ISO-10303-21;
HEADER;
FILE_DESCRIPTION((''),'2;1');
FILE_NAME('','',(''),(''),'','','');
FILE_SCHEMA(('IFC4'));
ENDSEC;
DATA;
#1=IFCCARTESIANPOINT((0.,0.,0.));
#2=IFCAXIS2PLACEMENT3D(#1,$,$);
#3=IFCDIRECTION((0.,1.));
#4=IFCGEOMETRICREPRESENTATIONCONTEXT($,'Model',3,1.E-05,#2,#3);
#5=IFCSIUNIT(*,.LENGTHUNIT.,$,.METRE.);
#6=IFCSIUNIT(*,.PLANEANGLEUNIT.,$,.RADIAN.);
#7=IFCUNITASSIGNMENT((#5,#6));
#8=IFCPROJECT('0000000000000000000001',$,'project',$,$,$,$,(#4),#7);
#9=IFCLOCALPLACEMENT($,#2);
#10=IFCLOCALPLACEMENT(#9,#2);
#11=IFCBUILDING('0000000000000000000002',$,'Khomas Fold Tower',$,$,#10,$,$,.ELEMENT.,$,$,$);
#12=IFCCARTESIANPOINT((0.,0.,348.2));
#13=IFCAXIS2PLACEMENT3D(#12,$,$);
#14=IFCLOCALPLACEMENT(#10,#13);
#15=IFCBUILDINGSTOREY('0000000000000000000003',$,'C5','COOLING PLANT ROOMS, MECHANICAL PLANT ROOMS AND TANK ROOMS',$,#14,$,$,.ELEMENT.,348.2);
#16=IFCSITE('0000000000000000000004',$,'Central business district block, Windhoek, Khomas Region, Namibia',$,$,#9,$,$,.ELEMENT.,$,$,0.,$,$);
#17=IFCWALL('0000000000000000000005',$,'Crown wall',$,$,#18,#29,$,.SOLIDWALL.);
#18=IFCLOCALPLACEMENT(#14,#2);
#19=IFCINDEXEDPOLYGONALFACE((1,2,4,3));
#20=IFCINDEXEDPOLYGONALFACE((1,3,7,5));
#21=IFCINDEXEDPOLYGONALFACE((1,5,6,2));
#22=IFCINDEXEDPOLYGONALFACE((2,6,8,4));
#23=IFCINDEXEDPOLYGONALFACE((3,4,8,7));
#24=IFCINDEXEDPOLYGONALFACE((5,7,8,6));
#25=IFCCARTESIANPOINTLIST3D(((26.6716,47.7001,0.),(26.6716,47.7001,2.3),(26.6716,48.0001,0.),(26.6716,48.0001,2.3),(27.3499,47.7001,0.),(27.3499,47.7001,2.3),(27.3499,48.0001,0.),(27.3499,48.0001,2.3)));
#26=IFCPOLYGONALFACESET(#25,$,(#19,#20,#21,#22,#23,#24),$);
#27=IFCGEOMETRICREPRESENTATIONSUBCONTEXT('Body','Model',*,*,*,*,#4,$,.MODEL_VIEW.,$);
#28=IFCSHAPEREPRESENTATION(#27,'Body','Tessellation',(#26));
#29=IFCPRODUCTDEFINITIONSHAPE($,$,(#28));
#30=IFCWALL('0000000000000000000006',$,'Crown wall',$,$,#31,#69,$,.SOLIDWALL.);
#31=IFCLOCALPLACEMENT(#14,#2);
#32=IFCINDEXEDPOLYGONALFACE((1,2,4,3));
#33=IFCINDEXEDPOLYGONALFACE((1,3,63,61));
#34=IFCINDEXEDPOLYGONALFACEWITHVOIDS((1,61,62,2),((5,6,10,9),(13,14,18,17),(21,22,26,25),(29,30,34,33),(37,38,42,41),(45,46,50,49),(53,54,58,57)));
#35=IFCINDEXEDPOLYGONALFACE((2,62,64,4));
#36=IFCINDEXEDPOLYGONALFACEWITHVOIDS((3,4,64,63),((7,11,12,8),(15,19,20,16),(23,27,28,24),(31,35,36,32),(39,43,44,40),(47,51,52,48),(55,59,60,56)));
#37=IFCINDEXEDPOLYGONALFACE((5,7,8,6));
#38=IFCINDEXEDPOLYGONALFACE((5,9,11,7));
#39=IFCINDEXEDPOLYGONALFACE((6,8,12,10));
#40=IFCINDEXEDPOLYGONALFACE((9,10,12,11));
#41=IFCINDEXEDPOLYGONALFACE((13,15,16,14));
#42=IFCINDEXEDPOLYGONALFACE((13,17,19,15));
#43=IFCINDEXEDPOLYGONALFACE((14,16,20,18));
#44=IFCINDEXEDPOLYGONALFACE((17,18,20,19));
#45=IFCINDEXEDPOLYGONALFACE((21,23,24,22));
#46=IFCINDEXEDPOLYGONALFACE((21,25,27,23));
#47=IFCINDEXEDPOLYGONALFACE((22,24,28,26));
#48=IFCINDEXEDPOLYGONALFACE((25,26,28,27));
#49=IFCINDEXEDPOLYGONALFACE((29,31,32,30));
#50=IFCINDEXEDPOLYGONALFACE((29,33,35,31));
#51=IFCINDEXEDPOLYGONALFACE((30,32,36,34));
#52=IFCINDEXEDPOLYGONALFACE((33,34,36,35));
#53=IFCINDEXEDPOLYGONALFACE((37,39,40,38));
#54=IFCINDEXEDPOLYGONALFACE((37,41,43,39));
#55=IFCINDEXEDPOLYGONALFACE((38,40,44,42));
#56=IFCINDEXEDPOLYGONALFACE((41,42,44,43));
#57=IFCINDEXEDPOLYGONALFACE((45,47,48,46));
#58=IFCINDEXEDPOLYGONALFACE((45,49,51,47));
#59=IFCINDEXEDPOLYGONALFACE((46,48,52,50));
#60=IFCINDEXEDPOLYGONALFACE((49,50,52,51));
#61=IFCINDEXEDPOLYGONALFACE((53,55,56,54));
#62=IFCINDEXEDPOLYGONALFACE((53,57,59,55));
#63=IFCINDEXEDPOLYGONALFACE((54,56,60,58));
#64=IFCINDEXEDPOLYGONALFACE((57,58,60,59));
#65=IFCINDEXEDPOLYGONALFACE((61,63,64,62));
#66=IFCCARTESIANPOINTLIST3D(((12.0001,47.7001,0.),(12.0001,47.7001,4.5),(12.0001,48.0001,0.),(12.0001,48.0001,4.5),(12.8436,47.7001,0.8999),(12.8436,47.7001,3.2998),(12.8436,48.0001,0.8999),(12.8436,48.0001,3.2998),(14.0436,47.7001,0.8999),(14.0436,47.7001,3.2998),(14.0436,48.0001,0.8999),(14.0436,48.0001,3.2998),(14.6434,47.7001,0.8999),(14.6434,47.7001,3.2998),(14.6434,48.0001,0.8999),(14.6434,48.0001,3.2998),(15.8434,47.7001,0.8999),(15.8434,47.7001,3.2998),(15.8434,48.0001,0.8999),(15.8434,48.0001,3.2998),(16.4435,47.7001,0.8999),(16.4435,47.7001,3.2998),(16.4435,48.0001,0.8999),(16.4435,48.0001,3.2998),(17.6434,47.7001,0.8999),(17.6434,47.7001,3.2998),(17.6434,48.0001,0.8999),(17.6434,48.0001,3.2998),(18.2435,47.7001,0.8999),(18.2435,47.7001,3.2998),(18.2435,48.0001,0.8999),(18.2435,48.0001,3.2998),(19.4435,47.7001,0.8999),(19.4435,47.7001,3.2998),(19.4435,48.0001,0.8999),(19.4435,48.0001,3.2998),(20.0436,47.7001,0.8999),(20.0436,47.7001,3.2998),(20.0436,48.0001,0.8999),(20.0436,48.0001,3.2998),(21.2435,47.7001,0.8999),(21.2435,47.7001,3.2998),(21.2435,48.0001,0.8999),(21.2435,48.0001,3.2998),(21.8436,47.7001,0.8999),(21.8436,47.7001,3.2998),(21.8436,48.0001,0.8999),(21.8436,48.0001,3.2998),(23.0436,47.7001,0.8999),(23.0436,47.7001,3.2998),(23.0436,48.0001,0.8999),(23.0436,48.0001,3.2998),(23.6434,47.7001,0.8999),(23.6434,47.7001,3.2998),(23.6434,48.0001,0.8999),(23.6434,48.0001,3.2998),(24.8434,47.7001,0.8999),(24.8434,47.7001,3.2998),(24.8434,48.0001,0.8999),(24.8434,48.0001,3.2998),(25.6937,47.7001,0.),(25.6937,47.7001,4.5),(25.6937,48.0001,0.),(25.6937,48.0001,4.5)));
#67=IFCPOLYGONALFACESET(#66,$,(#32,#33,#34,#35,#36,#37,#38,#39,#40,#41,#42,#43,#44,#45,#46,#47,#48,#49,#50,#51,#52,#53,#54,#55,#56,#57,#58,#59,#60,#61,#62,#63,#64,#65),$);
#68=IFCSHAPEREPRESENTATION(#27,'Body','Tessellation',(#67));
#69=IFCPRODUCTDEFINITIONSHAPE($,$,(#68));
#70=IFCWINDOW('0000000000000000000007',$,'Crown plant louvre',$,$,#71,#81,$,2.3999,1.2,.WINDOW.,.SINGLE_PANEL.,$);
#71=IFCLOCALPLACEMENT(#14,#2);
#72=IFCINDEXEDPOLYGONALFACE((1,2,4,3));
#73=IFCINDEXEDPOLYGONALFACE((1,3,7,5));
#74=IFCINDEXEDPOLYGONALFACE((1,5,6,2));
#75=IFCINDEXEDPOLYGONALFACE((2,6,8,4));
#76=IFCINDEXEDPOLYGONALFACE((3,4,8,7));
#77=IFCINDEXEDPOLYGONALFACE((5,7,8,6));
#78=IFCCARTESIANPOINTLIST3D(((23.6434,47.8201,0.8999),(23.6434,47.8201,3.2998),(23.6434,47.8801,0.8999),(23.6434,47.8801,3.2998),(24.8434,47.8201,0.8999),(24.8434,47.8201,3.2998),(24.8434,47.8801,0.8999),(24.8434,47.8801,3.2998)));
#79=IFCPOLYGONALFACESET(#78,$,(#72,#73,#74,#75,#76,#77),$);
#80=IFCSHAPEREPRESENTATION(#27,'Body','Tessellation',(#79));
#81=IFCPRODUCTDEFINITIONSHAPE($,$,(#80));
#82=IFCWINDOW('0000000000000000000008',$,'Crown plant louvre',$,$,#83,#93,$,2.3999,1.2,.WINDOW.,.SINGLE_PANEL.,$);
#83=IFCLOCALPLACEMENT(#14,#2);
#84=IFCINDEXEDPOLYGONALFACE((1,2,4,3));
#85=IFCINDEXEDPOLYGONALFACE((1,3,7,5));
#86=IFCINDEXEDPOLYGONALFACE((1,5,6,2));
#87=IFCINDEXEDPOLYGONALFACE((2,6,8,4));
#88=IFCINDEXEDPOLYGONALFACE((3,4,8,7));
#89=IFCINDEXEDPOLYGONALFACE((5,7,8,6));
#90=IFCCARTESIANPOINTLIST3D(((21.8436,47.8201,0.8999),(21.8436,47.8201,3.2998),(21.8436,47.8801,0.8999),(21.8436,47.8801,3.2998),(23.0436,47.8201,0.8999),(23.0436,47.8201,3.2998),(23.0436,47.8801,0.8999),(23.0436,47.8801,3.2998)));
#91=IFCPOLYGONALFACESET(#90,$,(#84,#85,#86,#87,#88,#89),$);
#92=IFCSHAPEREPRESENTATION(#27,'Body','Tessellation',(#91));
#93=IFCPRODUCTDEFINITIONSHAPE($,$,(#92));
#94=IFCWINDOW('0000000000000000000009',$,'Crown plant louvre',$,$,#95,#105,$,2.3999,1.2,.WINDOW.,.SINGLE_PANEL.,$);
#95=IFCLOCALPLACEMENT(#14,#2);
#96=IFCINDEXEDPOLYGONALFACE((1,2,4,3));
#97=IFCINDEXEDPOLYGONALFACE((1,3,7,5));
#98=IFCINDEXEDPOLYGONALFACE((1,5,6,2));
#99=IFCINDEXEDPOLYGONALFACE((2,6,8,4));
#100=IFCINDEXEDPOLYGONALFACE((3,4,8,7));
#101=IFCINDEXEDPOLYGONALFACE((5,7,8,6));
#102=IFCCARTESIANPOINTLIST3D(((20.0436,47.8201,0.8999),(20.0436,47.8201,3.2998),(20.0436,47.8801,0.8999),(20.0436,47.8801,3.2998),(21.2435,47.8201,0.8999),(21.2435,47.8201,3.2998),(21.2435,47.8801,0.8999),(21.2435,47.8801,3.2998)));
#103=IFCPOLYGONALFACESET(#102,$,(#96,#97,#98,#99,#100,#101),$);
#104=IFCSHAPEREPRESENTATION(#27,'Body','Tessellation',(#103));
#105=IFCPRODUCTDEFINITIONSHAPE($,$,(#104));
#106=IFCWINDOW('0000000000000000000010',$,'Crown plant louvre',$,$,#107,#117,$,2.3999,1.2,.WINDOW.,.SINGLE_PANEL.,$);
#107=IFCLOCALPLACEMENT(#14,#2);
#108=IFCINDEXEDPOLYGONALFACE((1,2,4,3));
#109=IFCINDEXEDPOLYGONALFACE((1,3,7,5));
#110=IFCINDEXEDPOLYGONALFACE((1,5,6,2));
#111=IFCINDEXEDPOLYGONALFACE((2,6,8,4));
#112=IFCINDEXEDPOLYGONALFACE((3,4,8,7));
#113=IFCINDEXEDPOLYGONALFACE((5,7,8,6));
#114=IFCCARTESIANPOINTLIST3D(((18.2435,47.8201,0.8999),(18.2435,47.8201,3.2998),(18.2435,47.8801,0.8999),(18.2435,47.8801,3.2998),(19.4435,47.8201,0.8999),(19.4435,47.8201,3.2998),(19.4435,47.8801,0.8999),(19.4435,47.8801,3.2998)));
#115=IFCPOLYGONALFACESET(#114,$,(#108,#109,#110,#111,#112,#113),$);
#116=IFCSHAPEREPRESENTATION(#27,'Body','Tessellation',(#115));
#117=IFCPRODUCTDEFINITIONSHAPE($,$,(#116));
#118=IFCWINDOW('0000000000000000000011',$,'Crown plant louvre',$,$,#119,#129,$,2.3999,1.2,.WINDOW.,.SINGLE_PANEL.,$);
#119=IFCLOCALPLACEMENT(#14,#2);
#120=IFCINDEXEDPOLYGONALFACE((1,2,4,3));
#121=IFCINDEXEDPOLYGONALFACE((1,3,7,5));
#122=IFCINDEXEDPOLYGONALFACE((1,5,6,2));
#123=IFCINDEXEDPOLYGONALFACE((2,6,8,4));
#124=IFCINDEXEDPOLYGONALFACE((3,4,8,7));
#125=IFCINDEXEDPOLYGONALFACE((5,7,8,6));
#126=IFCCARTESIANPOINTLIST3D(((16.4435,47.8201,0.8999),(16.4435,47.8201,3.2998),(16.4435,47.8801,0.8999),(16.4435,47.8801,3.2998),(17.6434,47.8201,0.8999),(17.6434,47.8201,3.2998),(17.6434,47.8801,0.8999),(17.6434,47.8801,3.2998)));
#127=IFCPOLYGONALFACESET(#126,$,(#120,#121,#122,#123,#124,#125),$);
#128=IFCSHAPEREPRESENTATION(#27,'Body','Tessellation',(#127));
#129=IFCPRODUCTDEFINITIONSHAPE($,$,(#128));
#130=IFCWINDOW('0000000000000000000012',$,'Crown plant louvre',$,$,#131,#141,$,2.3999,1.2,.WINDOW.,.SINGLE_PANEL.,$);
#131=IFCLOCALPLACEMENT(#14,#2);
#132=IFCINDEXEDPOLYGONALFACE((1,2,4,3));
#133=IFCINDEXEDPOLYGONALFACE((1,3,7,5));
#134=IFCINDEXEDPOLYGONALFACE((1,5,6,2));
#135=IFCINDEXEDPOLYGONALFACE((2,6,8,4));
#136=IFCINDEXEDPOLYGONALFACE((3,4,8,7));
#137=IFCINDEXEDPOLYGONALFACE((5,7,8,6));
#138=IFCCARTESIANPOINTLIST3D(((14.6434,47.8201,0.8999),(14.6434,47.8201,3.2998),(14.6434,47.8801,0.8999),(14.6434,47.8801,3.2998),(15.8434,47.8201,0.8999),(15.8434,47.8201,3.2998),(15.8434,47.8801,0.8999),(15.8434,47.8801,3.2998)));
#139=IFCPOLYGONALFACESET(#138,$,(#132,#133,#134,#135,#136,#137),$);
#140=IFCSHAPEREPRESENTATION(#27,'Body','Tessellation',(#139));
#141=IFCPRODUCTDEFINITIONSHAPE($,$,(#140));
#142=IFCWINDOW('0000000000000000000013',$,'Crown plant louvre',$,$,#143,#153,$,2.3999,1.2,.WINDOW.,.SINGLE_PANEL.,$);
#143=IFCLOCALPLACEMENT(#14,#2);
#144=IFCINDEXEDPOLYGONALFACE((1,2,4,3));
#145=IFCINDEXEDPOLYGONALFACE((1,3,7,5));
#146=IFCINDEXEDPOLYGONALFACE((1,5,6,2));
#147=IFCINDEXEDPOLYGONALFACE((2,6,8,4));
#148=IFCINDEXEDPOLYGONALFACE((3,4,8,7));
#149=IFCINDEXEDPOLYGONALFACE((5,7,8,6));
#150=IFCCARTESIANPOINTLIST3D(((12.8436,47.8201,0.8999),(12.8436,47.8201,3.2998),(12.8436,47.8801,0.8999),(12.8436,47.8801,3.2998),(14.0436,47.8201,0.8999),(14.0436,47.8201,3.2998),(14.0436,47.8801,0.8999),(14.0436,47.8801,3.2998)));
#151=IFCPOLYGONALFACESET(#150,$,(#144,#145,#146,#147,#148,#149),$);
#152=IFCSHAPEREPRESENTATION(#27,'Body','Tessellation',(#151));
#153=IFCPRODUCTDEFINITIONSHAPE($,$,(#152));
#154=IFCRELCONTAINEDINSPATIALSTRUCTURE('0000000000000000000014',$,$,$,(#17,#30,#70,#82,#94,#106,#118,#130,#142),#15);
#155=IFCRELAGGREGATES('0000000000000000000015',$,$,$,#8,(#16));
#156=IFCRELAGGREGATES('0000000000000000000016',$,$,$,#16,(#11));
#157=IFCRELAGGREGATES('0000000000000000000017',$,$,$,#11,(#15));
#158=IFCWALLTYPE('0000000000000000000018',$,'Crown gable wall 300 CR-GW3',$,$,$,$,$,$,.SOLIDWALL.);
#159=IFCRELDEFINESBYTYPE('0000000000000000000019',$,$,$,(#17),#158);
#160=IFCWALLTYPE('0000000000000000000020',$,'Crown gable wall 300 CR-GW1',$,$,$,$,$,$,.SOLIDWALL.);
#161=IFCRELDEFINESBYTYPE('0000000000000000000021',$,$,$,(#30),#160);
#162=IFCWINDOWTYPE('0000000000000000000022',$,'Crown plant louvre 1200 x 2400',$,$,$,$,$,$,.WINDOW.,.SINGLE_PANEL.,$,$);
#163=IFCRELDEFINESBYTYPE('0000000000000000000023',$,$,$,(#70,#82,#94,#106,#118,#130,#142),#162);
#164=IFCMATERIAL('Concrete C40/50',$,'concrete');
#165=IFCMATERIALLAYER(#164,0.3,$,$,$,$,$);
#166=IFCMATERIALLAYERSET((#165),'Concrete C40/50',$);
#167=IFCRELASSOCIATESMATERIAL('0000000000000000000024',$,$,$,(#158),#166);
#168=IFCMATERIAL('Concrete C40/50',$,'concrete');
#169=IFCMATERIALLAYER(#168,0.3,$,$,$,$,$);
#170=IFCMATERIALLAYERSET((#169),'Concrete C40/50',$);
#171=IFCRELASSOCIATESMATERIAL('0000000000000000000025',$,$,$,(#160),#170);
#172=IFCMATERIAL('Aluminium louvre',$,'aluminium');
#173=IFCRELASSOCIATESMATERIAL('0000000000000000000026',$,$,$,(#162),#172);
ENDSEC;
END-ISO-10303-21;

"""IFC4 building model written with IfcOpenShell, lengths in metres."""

from ifc_helpers import new_model, si_unit, direction, frame, frame_2d, origin, place, context, subcontext, project, spatial, rectangle, extrude, source, transform, mapped, material, layer, layer_set, type_object, element, fill, save


model = new_model("IFC4")

# Units and contexts
model_context = context("Model", 3, precision=1e-05, world=origin(), true_north=direction((0.0, 1.0)))
body_context = subcontext(model_context, "Body", "Model", "MODEL_VIEW")
ifc_project = project(units=[si_unit("LENGTHUNIT", "METRE"), si_unit("PLANEANGLEUNIT", "RADIAN")], contexts=[model_context])

# Site, building, storey
site_placement = place(None, origin())
site = spatial("IfcSite", under=ifc_project, at=site_placement, Name="Central business district block, Windhoek, Khomas Region, Namibia", CompositionType="ELEMENT", RefElevation=0.0)
building_placement = place(site_placement, origin())
building = spatial("IfcBuilding", under=site, at=building_placement, Name="Khomas Fold Tower", CompositionType="ELEMENT")
storey_placement = place(building_placement, frame((0.0, 0.0, 348.2)))
storey = spatial("IfcBuildingStorey", under=building, at=storey_placement, Name="C5", Description="COOLING PLANT ROOMS, MECHANICAL PLANT ROOMS AND TANK ROOMS", CompositionType="ELEMENT", Elevation=348.2)

# Wall
ifc_material_1 = material(Name="Concrete C40/50", Category="concrete")
ifc_layer_1 = layer(ifc_material_1, 0.3)
ifc_layer_set_1 = layer_set([ifc_layer_1], Name="Concrete C40/50")
wall_type_1 = type_object("IfcWallType", Name="Crown gable wall 300 CR-GW3", PredefinedType="SOLIDWALL", material=ifc_layer_set_1)
shared_shape_1 = source(origin(), body_context, "Body", "SweptSolid", [
    extrude(rectangle(XDim=0.6782, YDim=0.3, at=frame_2d((0.3391, 0.0))), origin(), (0.0, 0.0, 1.0), 2.3),
])
wall_1_placement = place(storey_placement, frame((27.3499, 47.8501, 0.0), z_axis=(0.0, 0.0, 1.0), x_axis=(-1.0, 0.0, 0.0)))
element("IfcWall", 1, at=wall_1_placement, inside=storey, type_object=wall_type_1, Name="Crown wall", PredefinedType="SOLIDWALL", context=body_context, shape_type="MappedRepresentation", body=[
    mapped(shared_shape_1, transform((0.0, 0.0, 0.0))),
])

# Wall, openings, windows
ifc_material_2 = material(Name="Concrete C40/50", Category="concrete")
ifc_layer_2 = layer(ifc_material_2, 0.3)
ifc_layer_set_2 = layer_set([ifc_layer_2], Name="Concrete C40/50")
wall_type_2 = type_object("IfcWallType", Name="Crown gable wall 300 CR-GW1", PredefinedType="SOLIDWALL", material=ifc_layer_set_2)
shared_shape_2 = source(origin(), body_context, "Body", "SweptSolid", [
    extrude(rectangle(XDim=13.6936, YDim=0.3, at=frame_2d((6.8467, 0.0))), origin(), (0.0, 0.0, 1.0), 4.5),
])
wall_2_placement = place(storey_placement, frame((25.6936, 47.8501, 0.0), z_axis=(0.0, 0.0, 1.0), x_axis=(-1.0, 0.0, 0.0)))
wall_2 = element("IfcWall", 2, at=wall_2_placement, inside=storey, type_object=wall_type_2, Name="Crown wall", PredefinedType="SOLIDWALL", context=body_context, shape_type="MappedRepresentation", body=[
    mapped(shared_shape_2, transform((0.0, 0.0, 0.0))),
])
shared_shape_3 = source(origin(), body_context, "Body", "SweptSolid", [
    extrude(rectangle(XDim=1.2, YDim=2.3999, at=frame_2d((0.6001, 1.2))), frame((0.0, 0.1599, 0.0), z_axis=(0.0, -1.0, 0.0), x_axis=(1.0, 0.0, 0.0)), (0.0, 0.0, 1.0), 0.3201),
])
opening_1_placement = place(wall_2_placement, frame((0.8501, 0.0, 0.8999)))
opening_1 = element("IfcOpeningElement", 3, at=opening_1_placement, cuts=wall_2, PredefinedType="OPENING", context=body_context, shape_type="MappedRepresentation", body=[
    mapped(shared_shape_3, transform((0.0, 0.0, 0.0))),
])
opening_2_placement = place(wall_2_placement, frame((2.6499, 0.0, 0.8999)))
opening_2 = element("IfcOpeningElement", 4, at=opening_2_placement, cuts=wall_2, PredefinedType="OPENING", context=body_context, shape_type="MappedRepresentation", body=[
    mapped(shared_shape_3, transform((0.0, 0.0, 0.0))),
])
opening_3_placement = place(wall_2_placement, frame((4.45, 0.0, 0.8999)))
opening_3 = element("IfcOpeningElement", 5, at=opening_3_placement, cuts=wall_2, PredefinedType="OPENING", context=body_context, shape_type="MappedRepresentation", body=[
    mapped(shared_shape_3, transform((0.0, 0.0, 0.0))),
])
opening_4_placement = place(wall_2_placement, frame((6.25, 0.0, 0.8999)))
opening_4 = element("IfcOpeningElement", 6, at=opening_4_placement, cuts=wall_2, PredefinedType="OPENING", context=body_context, shape_type="MappedRepresentation", body=[
    mapped(shared_shape_3, transform((0.0, 0.0, 0.0))),
])
opening_5_placement = place(wall_2_placement, frame((8.05, 0.0, 0.8999)))
opening_5 = element("IfcOpeningElement", 7, at=opening_5_placement, cuts=wall_2, PredefinedType="OPENING", context=body_context, shape_type="MappedRepresentation", body=[
    mapped(shared_shape_3, transform((0.0, 0.0, 0.0))),
])
opening_6_placement = place(wall_2_placement, frame((9.8501, 0.0, 0.8999)))
opening_6 = element("IfcOpeningElement", 8, at=opening_6_placement, cuts=wall_2, PredefinedType="OPENING", context=body_context, shape_type="MappedRepresentation", body=[
    mapped(shared_shape_3, transform((0.0, 0.0, 0.0))),
])
opening_7_placement = place(wall_2_placement, frame((11.6499, 0.0, 0.8999)))
opening_7 = element("IfcOpeningElement", 9, at=opening_7_placement, cuts=wall_2, PredefinedType="OPENING", context=body_context, shape_type="MappedRepresentation", body=[
    mapped(shared_shape_3, transform((0.0, 0.0, 0.0))),
])
ifc_material_3 = material(Name="Aluminium louvre", Category="aluminium")
window_type = type_object("IfcWindowType", Name="Crown plant louvre 1200 x 2400", PartitioningType="SINGLE_PANEL", PredefinedType="WINDOW", material=ifc_material_3)
shared_shape_4 = source(origin(), body_context, "Body", "SweptSolid", [
    extrude(rectangle(XDim=1.2, YDim=2.3999, at=frame_2d((0.6001, 1.2))), frame((0.0, 0.03, 0.0), z_axis=(0.0, -1.0, 0.0), x_axis=(1.0, 0.0, 0.0)), (0.0, 0.0, 1.0), 0.0601),
])
window_1_placement = place(opening_1_placement, origin())
window_1 = element("IfcWindow", 10, at=window_1_placement, inside=storey, type_object=window_type, Name="Crown plant louvre", OverallHeight=2.3999, OverallWidth=1.2, PartitioningType="SINGLE_PANEL", PredefinedType="WINDOW", context=body_context, shape_type="MappedRepresentation", body=[
    mapped(shared_shape_4, transform((0.0, 0.0, 0.0))),
])
fill(opening_1, window_1)
window_2_placement = place(opening_2_placement, origin())
window_2 = element("IfcWindow", 11, at=window_2_placement, inside=storey, type_object=window_type, Name="Crown plant louvre", OverallHeight=2.3999, OverallWidth=1.2, PartitioningType="SINGLE_PANEL", PredefinedType="WINDOW", context=body_context, shape_type="MappedRepresentation", body=[
    mapped(shared_shape_4, transform((0.0, 0.0, 0.0))),
])
fill(opening_2, window_2)
window_3_placement = place(opening_3_placement, origin())
window_3 = element("IfcWindow", 12, at=window_3_placement, inside=storey, type_object=window_type, Name="Crown plant louvre", OverallHeight=2.3999, OverallWidth=1.2, PartitioningType="SINGLE_PANEL", PredefinedType="WINDOW", context=body_context, shape_type="MappedRepresentation", body=[
    mapped(shared_shape_4, transform((0.0, 0.0, 0.0))),
])
fill(opening_3, window_3)
window_4_placement = place(opening_4_placement, origin())
window_4 = element("IfcWindow", 13, at=window_4_placement, inside=storey, type_object=window_type, Name="Crown plant louvre", OverallHeight=2.3999, OverallWidth=1.2, PartitioningType="SINGLE_PANEL", PredefinedType="WINDOW", context=body_context, shape_type="MappedRepresentation", body=[
    mapped(shared_shape_4, transform((0.0, 0.0, 0.0))),
])
fill(opening_4, window_4)
window_5_placement = place(opening_5_placement, origin())
window_5 = element("IfcWindow", 14, at=window_5_placement, inside=storey, type_object=window_type, Name="Crown plant louvre", OverallHeight=2.3999, OverallWidth=1.2, PartitioningType="SINGLE_PANEL", PredefinedType="WINDOW", context=body_context, shape_type="MappedRepresentation", body=[
    mapped(shared_shape_4, transform((0.0, 0.0, 0.0))),
])
fill(opening_5, window_5)
window_6_placement = place(opening_6_placement, origin())
window_6 = element("IfcWindow", 15, at=window_6_placement, inside=storey, type_object=window_type, Name="Crown plant louvre", OverallHeight=2.3999, OverallWidth=1.2, PartitioningType="SINGLE_PANEL", PredefinedType="WINDOW", context=body_context, shape_type="MappedRepresentation", body=[
    mapped(shared_shape_4, transform((0.0, 0.0, 0.0))),
])
fill(opening_6, window_6)
window_7_placement = place(opening_7_placement, origin())
window_7 = element("IfcWindow", 16, at=window_7_placement, inside=storey, type_object=window_type, Name="Crown plant louvre", OverallHeight=2.3999, OverallWidth=1.2, PartitioningType="SINGLE_PANEL", PredefinedType="WINDOW", context=body_context, shape_type="MappedRepresentation", body=[
    mapped(shared_shape_4, transform((0.0, 0.0, 0.0))),
])
fill(opening_7, window_7)

save(model, "model.ifc")
